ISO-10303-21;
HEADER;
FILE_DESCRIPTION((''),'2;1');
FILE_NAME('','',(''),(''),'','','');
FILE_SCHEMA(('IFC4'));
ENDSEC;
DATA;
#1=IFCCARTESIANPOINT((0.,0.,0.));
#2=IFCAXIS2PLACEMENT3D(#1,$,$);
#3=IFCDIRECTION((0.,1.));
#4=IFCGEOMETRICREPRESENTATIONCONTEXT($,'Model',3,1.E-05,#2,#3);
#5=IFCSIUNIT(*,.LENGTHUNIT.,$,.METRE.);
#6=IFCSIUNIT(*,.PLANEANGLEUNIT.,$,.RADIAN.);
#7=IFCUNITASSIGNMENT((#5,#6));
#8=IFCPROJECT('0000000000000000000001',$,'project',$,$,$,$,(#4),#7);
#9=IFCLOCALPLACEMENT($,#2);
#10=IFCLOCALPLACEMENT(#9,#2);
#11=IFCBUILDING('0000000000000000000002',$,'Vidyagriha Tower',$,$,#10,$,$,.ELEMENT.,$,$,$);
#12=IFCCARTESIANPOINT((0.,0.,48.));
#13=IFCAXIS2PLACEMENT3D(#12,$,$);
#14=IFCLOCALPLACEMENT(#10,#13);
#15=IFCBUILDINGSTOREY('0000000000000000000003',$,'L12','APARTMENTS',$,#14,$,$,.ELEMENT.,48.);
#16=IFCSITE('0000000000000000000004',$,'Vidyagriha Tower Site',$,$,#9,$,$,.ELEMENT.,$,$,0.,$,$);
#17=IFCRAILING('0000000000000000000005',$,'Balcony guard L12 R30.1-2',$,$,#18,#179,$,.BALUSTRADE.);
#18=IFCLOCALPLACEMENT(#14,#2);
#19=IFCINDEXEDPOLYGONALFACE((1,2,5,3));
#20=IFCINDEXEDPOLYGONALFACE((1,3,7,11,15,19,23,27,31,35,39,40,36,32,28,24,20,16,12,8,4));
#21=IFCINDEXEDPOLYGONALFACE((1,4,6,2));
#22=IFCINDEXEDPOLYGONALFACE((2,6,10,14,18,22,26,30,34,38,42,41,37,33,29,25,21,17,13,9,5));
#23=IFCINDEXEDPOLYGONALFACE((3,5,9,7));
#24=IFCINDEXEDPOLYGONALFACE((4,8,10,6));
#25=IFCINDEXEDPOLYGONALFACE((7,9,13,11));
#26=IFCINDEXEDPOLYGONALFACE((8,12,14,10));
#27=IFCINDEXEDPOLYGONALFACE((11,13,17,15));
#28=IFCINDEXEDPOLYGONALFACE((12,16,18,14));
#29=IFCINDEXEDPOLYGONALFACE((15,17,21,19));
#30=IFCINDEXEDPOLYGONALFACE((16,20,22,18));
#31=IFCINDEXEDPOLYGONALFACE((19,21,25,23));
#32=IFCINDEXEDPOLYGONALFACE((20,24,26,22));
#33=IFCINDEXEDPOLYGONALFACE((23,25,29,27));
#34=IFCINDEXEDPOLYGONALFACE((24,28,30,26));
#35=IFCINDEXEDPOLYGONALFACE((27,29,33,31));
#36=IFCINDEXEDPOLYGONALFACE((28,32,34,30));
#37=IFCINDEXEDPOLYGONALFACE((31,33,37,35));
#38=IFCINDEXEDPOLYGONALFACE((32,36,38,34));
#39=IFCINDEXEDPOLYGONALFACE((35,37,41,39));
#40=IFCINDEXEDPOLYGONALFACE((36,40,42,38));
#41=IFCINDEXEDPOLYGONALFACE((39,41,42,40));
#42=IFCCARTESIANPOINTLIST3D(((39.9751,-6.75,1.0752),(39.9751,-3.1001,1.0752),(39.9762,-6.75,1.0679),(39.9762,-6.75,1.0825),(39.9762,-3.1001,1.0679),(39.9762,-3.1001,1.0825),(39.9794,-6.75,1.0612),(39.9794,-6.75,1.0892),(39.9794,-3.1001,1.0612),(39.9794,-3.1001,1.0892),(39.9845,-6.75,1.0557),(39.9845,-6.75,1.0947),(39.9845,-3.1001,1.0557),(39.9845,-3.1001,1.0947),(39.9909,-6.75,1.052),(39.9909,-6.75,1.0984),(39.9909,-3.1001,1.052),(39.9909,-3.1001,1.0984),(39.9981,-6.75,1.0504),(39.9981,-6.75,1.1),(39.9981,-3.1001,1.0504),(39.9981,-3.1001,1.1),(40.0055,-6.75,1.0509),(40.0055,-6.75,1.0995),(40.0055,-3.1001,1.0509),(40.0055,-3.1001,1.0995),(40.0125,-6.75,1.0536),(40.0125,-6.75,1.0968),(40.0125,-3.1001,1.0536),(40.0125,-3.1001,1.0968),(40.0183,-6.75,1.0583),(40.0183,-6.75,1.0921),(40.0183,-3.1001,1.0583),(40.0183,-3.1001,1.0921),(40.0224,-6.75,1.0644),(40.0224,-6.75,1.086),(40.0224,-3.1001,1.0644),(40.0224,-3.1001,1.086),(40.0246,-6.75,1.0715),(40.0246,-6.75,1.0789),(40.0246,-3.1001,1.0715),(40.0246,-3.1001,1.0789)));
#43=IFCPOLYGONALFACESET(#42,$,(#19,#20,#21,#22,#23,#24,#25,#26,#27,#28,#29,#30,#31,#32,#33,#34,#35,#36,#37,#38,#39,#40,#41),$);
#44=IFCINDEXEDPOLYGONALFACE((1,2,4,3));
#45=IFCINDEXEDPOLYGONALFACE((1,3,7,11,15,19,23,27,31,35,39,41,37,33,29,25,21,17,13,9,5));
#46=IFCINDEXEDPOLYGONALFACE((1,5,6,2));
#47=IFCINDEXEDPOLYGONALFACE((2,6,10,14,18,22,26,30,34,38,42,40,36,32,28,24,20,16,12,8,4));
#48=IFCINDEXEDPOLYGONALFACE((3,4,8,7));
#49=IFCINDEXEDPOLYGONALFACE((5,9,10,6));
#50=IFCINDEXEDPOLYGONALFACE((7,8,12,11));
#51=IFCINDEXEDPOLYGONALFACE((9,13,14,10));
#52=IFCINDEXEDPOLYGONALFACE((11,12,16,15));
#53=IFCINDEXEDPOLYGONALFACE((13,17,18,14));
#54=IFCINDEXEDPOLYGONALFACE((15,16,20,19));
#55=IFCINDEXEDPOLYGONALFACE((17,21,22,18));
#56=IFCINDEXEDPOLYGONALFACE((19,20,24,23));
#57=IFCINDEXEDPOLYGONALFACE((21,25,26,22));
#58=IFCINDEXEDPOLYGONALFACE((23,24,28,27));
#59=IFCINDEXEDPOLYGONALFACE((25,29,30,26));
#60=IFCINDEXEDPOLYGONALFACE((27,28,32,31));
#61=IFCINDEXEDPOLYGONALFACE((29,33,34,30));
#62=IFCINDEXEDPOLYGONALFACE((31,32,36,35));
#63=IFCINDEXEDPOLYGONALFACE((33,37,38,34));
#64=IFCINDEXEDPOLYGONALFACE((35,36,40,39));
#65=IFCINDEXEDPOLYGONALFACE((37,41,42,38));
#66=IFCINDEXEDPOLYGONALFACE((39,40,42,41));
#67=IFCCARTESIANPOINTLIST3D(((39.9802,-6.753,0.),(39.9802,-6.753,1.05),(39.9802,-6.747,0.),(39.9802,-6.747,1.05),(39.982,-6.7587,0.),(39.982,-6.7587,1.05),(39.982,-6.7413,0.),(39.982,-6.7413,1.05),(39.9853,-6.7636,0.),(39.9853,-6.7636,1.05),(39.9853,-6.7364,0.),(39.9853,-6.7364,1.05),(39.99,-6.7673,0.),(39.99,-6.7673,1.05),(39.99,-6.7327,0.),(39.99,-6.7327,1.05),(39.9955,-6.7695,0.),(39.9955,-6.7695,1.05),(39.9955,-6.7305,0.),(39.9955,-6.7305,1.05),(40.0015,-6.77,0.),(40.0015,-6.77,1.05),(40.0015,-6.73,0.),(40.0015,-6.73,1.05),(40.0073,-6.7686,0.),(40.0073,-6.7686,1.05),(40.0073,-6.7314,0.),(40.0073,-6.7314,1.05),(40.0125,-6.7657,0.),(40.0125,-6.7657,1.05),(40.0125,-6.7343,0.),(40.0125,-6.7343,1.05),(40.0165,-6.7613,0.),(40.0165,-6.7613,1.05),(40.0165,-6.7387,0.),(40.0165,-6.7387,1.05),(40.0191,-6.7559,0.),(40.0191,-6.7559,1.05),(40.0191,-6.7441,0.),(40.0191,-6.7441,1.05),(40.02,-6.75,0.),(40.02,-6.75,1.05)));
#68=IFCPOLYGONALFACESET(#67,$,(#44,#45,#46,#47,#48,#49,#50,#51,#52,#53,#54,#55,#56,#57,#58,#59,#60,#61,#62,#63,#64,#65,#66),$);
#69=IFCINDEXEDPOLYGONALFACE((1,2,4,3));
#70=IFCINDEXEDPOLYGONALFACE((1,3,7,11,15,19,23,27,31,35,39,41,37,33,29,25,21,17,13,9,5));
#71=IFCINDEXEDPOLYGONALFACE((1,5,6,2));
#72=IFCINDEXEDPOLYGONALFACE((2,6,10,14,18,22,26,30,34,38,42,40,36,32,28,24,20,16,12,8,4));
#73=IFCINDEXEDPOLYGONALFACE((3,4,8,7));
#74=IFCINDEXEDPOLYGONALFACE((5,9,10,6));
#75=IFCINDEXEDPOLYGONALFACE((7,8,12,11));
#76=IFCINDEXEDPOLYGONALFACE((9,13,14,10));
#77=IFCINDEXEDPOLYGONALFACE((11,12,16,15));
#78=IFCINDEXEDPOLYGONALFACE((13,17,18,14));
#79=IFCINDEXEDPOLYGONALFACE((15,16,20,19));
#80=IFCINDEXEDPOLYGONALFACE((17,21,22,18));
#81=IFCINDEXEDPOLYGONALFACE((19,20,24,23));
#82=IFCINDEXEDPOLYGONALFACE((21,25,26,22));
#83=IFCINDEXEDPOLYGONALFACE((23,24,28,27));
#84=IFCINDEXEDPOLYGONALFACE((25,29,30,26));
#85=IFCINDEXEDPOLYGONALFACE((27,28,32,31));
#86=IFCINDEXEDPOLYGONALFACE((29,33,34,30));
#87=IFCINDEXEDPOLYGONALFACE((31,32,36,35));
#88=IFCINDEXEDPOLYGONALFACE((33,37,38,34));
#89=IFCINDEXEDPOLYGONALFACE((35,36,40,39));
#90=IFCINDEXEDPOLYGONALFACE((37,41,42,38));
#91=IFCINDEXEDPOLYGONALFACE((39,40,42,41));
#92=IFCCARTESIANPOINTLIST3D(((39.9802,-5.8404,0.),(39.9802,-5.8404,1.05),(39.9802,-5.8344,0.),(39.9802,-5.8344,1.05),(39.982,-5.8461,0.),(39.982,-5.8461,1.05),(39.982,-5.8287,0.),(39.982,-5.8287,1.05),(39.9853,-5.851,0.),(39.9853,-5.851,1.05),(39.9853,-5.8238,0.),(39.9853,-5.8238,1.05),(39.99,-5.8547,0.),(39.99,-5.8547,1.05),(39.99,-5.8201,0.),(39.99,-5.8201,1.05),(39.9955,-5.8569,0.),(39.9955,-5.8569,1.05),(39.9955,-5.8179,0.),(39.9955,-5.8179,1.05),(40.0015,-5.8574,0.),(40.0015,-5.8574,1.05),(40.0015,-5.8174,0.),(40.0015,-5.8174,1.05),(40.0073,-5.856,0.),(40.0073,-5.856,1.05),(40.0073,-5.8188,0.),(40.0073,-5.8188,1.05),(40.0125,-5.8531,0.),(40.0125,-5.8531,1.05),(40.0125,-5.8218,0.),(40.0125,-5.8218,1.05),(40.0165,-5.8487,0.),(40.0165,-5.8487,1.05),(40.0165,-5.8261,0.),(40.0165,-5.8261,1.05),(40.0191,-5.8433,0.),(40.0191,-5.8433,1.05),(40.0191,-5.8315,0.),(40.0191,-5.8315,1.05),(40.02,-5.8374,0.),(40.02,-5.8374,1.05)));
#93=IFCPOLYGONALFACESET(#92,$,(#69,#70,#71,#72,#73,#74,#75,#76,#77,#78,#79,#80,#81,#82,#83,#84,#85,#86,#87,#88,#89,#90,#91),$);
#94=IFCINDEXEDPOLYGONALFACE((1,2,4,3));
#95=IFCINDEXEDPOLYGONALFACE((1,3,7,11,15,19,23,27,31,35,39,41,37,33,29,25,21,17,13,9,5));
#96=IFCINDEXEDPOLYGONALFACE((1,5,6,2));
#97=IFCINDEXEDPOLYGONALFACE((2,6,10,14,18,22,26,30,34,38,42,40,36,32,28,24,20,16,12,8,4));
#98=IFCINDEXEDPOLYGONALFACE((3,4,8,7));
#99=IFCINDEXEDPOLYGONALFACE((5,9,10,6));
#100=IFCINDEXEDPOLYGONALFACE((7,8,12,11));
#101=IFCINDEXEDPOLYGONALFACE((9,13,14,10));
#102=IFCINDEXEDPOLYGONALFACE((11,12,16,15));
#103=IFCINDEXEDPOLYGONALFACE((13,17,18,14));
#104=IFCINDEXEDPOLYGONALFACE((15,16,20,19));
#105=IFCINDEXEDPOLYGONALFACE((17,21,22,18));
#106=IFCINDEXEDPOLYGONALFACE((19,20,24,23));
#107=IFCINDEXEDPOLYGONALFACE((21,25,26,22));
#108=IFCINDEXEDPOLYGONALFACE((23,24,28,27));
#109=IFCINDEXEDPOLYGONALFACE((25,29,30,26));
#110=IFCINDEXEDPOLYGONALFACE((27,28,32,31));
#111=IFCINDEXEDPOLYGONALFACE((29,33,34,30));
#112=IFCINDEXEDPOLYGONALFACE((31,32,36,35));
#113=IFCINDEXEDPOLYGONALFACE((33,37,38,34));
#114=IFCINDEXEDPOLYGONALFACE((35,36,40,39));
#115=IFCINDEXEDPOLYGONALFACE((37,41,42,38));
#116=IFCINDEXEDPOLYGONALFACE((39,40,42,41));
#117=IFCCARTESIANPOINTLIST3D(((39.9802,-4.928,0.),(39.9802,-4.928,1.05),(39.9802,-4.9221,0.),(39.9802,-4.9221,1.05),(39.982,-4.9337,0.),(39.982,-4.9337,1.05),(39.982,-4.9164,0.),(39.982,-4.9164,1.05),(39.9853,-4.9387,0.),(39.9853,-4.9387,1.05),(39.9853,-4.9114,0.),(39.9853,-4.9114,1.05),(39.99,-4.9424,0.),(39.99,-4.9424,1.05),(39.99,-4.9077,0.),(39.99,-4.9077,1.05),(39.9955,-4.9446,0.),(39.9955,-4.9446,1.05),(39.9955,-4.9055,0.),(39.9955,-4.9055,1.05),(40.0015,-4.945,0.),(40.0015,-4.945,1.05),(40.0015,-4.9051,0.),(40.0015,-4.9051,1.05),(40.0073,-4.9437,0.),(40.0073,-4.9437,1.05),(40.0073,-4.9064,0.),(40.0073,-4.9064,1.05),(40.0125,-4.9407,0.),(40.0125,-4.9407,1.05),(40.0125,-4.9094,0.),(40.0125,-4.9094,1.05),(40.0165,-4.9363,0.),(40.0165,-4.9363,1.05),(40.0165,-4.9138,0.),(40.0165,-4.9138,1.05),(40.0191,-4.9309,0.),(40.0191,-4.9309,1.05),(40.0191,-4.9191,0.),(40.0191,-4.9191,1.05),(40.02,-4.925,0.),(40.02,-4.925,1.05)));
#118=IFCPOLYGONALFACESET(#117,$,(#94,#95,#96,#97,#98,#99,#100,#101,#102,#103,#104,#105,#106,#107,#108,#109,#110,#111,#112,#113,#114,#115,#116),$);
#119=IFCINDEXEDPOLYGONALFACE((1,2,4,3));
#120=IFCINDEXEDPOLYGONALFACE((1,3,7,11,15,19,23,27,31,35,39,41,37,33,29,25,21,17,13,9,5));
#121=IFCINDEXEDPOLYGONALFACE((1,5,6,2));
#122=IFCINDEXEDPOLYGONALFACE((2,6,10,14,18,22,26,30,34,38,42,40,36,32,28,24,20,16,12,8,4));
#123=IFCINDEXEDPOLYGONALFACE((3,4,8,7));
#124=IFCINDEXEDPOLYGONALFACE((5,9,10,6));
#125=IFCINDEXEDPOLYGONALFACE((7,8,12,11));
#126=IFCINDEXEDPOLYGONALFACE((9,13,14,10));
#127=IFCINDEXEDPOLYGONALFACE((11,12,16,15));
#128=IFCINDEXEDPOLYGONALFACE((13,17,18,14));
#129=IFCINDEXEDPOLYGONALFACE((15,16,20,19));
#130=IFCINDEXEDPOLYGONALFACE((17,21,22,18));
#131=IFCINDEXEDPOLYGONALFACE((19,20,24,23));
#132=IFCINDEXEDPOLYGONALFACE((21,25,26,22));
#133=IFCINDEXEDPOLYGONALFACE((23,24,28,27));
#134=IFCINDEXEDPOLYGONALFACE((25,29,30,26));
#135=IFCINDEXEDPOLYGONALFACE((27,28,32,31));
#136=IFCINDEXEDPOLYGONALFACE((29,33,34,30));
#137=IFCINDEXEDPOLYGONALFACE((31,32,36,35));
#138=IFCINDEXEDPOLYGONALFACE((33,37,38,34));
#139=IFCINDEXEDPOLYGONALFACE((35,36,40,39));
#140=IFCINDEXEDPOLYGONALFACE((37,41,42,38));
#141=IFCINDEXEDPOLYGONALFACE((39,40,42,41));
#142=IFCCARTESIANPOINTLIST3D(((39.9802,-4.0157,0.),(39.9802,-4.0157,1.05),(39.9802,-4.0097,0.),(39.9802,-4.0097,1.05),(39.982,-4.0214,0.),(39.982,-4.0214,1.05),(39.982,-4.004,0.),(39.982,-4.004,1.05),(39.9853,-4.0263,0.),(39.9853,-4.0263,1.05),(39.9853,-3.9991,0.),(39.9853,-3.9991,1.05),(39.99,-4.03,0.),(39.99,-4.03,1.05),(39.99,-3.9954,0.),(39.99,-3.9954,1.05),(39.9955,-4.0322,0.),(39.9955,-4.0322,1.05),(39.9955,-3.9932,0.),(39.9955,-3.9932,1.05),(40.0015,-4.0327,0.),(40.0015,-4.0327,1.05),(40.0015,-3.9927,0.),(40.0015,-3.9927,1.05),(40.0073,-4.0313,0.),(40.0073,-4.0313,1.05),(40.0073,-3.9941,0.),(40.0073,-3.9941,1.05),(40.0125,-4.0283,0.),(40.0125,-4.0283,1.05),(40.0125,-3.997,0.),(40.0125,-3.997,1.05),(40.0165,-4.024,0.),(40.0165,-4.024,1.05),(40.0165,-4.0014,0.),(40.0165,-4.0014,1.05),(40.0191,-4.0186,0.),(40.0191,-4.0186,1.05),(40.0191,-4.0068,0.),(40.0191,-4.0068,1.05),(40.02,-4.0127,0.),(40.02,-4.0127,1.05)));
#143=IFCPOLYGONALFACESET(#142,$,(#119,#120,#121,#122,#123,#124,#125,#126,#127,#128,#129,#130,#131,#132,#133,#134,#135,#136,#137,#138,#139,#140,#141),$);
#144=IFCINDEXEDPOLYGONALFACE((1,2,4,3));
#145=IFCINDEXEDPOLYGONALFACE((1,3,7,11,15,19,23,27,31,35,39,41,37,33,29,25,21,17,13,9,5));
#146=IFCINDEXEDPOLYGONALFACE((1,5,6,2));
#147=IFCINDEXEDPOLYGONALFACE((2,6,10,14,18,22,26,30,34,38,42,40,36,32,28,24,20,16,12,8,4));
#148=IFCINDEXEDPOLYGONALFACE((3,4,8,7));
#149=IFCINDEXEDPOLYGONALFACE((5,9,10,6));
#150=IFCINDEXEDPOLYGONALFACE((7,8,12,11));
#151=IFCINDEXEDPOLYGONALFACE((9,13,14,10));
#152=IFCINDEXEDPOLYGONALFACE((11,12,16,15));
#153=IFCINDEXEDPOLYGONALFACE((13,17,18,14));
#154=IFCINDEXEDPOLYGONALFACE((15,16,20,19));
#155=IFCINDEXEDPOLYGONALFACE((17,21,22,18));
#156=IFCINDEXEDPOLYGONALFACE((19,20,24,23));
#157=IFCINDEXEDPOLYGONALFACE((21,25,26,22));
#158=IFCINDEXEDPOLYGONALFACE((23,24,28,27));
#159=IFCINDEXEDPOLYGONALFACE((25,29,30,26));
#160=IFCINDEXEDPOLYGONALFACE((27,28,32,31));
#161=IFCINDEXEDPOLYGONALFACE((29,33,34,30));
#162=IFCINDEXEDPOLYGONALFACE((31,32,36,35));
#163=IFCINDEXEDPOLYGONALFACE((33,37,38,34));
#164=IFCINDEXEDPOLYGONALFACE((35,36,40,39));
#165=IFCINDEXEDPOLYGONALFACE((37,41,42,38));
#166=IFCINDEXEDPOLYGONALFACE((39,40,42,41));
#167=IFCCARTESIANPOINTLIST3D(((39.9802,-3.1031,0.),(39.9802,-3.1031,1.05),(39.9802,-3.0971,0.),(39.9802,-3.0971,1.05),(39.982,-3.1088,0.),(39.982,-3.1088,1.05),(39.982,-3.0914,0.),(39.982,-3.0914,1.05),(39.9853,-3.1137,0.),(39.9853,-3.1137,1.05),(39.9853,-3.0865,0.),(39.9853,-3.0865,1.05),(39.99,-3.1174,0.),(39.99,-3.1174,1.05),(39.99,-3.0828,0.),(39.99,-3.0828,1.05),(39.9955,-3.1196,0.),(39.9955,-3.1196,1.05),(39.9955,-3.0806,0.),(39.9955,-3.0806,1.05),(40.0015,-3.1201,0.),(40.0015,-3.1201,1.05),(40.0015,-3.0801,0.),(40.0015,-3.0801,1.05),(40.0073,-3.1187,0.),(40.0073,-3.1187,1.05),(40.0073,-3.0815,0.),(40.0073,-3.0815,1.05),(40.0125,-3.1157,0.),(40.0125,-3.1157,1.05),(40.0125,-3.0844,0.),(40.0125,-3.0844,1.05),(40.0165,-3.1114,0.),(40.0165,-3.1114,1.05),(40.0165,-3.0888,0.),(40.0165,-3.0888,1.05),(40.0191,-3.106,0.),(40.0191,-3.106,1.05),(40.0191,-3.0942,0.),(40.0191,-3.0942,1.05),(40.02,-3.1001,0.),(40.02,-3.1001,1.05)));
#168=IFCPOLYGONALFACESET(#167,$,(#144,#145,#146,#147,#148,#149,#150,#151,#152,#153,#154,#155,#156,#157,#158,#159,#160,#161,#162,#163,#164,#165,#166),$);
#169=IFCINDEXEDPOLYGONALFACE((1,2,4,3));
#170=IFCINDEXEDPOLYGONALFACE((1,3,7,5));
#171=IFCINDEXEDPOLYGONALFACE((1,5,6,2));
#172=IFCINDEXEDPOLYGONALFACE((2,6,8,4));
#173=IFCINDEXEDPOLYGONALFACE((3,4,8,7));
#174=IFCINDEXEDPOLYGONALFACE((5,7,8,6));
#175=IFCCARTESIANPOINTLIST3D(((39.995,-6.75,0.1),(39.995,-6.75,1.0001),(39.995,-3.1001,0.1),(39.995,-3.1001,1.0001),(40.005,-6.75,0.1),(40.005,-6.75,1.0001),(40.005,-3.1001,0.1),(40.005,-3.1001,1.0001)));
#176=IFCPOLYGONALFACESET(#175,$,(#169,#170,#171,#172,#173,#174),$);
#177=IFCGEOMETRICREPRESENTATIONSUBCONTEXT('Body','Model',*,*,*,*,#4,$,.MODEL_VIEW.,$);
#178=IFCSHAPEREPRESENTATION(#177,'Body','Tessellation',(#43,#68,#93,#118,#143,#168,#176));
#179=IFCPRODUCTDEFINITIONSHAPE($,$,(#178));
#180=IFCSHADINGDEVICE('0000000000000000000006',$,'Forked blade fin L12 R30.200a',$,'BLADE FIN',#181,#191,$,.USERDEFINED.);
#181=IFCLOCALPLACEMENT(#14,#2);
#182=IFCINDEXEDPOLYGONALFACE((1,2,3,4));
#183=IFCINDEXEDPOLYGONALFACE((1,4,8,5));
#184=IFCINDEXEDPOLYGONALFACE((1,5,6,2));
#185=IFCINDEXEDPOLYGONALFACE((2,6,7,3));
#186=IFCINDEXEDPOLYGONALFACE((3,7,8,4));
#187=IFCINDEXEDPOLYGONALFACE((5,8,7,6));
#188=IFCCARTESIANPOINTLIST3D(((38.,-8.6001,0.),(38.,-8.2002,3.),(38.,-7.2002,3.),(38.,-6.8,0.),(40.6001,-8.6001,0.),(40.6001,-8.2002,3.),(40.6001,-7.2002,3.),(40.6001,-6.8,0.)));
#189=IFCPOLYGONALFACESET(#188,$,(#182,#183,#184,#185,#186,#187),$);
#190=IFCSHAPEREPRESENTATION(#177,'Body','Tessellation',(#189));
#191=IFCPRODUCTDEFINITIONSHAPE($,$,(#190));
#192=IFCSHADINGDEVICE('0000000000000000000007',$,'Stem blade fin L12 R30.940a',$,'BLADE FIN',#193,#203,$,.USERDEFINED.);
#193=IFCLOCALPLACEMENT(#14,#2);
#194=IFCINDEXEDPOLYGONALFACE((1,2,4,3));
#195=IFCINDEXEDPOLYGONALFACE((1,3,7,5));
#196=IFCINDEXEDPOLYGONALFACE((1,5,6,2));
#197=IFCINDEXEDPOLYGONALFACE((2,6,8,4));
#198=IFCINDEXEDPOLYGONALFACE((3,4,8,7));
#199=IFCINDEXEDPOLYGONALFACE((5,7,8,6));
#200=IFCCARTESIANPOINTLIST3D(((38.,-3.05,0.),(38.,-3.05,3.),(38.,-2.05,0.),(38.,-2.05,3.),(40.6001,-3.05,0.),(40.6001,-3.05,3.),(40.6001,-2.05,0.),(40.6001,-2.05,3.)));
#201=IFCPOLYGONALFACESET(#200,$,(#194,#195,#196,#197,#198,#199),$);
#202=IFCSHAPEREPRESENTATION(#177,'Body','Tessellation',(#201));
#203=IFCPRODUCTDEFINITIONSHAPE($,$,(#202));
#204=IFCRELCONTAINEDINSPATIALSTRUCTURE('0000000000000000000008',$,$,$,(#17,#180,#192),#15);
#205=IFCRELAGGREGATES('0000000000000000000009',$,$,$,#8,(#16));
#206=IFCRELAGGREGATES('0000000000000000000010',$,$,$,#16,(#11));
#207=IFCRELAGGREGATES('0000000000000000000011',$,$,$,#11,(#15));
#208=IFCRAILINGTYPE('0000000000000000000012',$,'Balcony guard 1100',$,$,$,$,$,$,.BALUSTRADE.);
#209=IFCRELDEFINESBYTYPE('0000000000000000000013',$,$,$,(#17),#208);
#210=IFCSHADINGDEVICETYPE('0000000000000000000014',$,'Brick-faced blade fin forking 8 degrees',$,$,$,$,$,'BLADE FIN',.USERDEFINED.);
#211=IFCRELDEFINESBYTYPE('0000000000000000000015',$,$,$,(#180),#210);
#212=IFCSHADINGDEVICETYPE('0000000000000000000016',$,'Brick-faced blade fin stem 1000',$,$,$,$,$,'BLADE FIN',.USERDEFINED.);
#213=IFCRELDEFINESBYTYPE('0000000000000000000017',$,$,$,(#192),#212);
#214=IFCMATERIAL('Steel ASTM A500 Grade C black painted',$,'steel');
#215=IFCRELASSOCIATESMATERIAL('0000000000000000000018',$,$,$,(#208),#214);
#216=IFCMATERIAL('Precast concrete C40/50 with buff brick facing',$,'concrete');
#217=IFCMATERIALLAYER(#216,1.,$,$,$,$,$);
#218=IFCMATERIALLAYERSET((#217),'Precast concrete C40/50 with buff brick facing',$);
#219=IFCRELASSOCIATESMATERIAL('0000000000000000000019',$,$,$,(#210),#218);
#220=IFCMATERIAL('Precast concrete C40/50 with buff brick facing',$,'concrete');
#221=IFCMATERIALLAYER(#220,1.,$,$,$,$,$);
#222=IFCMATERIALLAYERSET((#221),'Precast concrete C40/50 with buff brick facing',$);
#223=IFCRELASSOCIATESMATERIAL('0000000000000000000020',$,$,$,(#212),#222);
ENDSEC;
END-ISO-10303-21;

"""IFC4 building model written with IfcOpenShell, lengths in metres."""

from ifc_helpers import new_model, si_unit, direction, frame, origin, origin_2d, place, context, subcontext, project, spatial, polyline, rectangle, circle, outline, extrude, material, layer, layer_set, type_object, element, save


model = new_model("IFC4")

# Units and contexts
model_context = context("Model", 3, precision=1e-05, world=origin(), true_north=direction((0.0, 1.0)))
body_context = subcontext(model_context, "Body", "Model", "MODEL_VIEW")
ifc_project = project(units=[si_unit("LENGTHUNIT", "METRE"), si_unit("PLANEANGLEUNIT", "RADIAN")], contexts=[model_context])

# Site, building, storey
site_placement = place(None, origin())
site = spatial("IfcSite", under=ifc_project, at=site_placement, Name="Vidyagriha Tower Site", CompositionType="ELEMENT", RefElevation=0.0)
building_placement = place(site_placement, origin())
building = spatial("IfcBuilding", under=site, at=building_placement, Name="Vidyagriha Tower", CompositionType="ELEMENT")
storey_placement = place(building_placement, frame((0.0, 0.0, 48.0)))
storey = spatial("IfcBuildingStorey", under=building, at=storey_placement, Name="L12", Description="APARTMENTS", CompositionType="ELEMENT", Elevation=48.0)

# Railing
ifc_material_1 = material(Name="Steel ASTM A500 Grade C black painted", Category="steel")
railing_type_1 = type_object("IfcRailingType", Name="Balcony guard 1100", PredefinedType="BALUSTRADE", material=ifc_material_1)
railing_1_placement = place(storey_placement, frame((40.0, -6.75, 0.0)))
element("IfcRailing", 1, at=railing_1_placement, inside=storey, type_object=railing_type_1, Name="Balcony guard L12 R30.1-2", PredefinedType="BALUSTRADE", context=body_context, shape_type="SweptSolid", body=[
    extrude(circle(Radius=0.0249, at=origin_2d()), frame((0.0, 0.0, 1.0752), z_axis=(0.0, 1.0, 0.0), x_axis=(-1.0, 0.0, 0.0)), (0.0, 0.0, 1.0), 3.6499),
    extrude(circle(Radius=0.02, at=origin_2d()), origin(), (0.0, 0.0, 1.0), 1.05),
    extrude(circle(Radius=0.02, at=origin_2d()), frame((0.0, 0.9126, 0.0)), (0.0, 0.0, 1.0), 1.05),
    extrude(circle(Radius=0.02, at=origin_2d()), frame((0.0, 1.825, 0.0)), (0.0, 0.0, 1.0), 1.05),
    extrude(circle(Radius=0.02, at=origin_2d()), frame((0.0, 2.7373, 0.0)), (0.0, 0.0, 1.0), 1.05),
    extrude(circle(Radius=0.02, at=origin_2d()), frame((0.0, 3.6499, 0.0)), (0.0, 0.0, 1.0), 1.05),
    extrude(rectangle(XDim=0.01, YDim=0.9001, at=origin_2d()), frame((0.0, 0.0, 0.55), z_axis=(0.0, 1.0, 0.0), x_axis=(-1.0, 0.0, 0.0)), (0.0, 0.0, 1.0), 3.6499),
])

# Shading devices
ifc_material_2 = material(Name="Precast concrete C40/50 with buff brick facing", Category="concrete")
ifc_layer_1 = layer(ifc_material_2, 1.0)
ifc_layer_set_1 = layer_set([ifc_layer_1], Name="Precast concrete C40/50 with buff brick facing")
shading_device_type_1 = type_object("IfcShadingDeviceType", Name="Brick-faced blade fin forking 8 degrees", ElementType="BLADE FIN", PredefinedType="USERDEFINED", material=ifc_layer_set_1)
shading_device_1_placement = place(storey_placement, frame((39.3, -8.6001, 0.0), z_axis=(0.0, 0.0, 1.0), x_axis=(0.0, 1.0, 0.0)))
element("IfcShadingDevice", 2, at=shading_device_1_placement, inside=storey, type_object=shading_device_type_1, Name="Forked blade fin L12 R30.200a", ObjectType="BLADE FIN", PredefinedType="USERDEFINED", context=body_context, shape_type="SweptSolid", body=[
    extrude(outline(polyline([(0.0, 0.0), (1.8, 0.0), (1.3999, 3.0), (0.3999, 3.0), (0.0, 0.0)])), frame((0.0, 1.3, 0.0), z_axis=(0.0, -1.0, 0.0), x_axis=(1.0, 0.0, 0.0)), (0.0, 0.0, 1.0), 2.6001),
])
ifc_material_3 = material(Name="Precast concrete C40/50 with buff brick facing", Category="concrete")
ifc_layer_2 = layer(ifc_material_3, 1.0)
ifc_layer_set_2 = layer_set([ifc_layer_2], Name="Precast concrete C40/50 with buff brick facing")
shading_device_type_2 = type_object("IfcShadingDeviceType", Name="Brick-faced blade fin stem 1000", ElementType="BLADE FIN", PredefinedType="USERDEFINED", material=ifc_layer_set_2)
shading_device_2_placement = place(storey_placement, frame((39.3, -3.05, 0.0), z_axis=(0.0, 0.0, 1.0), x_axis=(0.0, 1.0, 0.0)))
element("IfcShadingDevice", 3, at=shading_device_2_placement, inside=storey, type_object=shading_device_type_2, Name="Stem blade fin L12 R30.940a", ObjectType="BLADE FIN", PredefinedType="USERDEFINED", context=body_context, shape_type="SweptSolid", body=[
    extrude(outline(polyline([(0.0, 0.0), (1.0, 0.0), (1.0, 3.0), (0.0, 3.0), (0.0, 0.0)])), frame((0.0, 1.3, 0.0), z_axis=(0.0, -1.0, 0.0), x_axis=(1.0, 0.0, 0.0)), (0.0, 0.0, 1.0), 2.6001),
])

save(model, "model.ifc")
